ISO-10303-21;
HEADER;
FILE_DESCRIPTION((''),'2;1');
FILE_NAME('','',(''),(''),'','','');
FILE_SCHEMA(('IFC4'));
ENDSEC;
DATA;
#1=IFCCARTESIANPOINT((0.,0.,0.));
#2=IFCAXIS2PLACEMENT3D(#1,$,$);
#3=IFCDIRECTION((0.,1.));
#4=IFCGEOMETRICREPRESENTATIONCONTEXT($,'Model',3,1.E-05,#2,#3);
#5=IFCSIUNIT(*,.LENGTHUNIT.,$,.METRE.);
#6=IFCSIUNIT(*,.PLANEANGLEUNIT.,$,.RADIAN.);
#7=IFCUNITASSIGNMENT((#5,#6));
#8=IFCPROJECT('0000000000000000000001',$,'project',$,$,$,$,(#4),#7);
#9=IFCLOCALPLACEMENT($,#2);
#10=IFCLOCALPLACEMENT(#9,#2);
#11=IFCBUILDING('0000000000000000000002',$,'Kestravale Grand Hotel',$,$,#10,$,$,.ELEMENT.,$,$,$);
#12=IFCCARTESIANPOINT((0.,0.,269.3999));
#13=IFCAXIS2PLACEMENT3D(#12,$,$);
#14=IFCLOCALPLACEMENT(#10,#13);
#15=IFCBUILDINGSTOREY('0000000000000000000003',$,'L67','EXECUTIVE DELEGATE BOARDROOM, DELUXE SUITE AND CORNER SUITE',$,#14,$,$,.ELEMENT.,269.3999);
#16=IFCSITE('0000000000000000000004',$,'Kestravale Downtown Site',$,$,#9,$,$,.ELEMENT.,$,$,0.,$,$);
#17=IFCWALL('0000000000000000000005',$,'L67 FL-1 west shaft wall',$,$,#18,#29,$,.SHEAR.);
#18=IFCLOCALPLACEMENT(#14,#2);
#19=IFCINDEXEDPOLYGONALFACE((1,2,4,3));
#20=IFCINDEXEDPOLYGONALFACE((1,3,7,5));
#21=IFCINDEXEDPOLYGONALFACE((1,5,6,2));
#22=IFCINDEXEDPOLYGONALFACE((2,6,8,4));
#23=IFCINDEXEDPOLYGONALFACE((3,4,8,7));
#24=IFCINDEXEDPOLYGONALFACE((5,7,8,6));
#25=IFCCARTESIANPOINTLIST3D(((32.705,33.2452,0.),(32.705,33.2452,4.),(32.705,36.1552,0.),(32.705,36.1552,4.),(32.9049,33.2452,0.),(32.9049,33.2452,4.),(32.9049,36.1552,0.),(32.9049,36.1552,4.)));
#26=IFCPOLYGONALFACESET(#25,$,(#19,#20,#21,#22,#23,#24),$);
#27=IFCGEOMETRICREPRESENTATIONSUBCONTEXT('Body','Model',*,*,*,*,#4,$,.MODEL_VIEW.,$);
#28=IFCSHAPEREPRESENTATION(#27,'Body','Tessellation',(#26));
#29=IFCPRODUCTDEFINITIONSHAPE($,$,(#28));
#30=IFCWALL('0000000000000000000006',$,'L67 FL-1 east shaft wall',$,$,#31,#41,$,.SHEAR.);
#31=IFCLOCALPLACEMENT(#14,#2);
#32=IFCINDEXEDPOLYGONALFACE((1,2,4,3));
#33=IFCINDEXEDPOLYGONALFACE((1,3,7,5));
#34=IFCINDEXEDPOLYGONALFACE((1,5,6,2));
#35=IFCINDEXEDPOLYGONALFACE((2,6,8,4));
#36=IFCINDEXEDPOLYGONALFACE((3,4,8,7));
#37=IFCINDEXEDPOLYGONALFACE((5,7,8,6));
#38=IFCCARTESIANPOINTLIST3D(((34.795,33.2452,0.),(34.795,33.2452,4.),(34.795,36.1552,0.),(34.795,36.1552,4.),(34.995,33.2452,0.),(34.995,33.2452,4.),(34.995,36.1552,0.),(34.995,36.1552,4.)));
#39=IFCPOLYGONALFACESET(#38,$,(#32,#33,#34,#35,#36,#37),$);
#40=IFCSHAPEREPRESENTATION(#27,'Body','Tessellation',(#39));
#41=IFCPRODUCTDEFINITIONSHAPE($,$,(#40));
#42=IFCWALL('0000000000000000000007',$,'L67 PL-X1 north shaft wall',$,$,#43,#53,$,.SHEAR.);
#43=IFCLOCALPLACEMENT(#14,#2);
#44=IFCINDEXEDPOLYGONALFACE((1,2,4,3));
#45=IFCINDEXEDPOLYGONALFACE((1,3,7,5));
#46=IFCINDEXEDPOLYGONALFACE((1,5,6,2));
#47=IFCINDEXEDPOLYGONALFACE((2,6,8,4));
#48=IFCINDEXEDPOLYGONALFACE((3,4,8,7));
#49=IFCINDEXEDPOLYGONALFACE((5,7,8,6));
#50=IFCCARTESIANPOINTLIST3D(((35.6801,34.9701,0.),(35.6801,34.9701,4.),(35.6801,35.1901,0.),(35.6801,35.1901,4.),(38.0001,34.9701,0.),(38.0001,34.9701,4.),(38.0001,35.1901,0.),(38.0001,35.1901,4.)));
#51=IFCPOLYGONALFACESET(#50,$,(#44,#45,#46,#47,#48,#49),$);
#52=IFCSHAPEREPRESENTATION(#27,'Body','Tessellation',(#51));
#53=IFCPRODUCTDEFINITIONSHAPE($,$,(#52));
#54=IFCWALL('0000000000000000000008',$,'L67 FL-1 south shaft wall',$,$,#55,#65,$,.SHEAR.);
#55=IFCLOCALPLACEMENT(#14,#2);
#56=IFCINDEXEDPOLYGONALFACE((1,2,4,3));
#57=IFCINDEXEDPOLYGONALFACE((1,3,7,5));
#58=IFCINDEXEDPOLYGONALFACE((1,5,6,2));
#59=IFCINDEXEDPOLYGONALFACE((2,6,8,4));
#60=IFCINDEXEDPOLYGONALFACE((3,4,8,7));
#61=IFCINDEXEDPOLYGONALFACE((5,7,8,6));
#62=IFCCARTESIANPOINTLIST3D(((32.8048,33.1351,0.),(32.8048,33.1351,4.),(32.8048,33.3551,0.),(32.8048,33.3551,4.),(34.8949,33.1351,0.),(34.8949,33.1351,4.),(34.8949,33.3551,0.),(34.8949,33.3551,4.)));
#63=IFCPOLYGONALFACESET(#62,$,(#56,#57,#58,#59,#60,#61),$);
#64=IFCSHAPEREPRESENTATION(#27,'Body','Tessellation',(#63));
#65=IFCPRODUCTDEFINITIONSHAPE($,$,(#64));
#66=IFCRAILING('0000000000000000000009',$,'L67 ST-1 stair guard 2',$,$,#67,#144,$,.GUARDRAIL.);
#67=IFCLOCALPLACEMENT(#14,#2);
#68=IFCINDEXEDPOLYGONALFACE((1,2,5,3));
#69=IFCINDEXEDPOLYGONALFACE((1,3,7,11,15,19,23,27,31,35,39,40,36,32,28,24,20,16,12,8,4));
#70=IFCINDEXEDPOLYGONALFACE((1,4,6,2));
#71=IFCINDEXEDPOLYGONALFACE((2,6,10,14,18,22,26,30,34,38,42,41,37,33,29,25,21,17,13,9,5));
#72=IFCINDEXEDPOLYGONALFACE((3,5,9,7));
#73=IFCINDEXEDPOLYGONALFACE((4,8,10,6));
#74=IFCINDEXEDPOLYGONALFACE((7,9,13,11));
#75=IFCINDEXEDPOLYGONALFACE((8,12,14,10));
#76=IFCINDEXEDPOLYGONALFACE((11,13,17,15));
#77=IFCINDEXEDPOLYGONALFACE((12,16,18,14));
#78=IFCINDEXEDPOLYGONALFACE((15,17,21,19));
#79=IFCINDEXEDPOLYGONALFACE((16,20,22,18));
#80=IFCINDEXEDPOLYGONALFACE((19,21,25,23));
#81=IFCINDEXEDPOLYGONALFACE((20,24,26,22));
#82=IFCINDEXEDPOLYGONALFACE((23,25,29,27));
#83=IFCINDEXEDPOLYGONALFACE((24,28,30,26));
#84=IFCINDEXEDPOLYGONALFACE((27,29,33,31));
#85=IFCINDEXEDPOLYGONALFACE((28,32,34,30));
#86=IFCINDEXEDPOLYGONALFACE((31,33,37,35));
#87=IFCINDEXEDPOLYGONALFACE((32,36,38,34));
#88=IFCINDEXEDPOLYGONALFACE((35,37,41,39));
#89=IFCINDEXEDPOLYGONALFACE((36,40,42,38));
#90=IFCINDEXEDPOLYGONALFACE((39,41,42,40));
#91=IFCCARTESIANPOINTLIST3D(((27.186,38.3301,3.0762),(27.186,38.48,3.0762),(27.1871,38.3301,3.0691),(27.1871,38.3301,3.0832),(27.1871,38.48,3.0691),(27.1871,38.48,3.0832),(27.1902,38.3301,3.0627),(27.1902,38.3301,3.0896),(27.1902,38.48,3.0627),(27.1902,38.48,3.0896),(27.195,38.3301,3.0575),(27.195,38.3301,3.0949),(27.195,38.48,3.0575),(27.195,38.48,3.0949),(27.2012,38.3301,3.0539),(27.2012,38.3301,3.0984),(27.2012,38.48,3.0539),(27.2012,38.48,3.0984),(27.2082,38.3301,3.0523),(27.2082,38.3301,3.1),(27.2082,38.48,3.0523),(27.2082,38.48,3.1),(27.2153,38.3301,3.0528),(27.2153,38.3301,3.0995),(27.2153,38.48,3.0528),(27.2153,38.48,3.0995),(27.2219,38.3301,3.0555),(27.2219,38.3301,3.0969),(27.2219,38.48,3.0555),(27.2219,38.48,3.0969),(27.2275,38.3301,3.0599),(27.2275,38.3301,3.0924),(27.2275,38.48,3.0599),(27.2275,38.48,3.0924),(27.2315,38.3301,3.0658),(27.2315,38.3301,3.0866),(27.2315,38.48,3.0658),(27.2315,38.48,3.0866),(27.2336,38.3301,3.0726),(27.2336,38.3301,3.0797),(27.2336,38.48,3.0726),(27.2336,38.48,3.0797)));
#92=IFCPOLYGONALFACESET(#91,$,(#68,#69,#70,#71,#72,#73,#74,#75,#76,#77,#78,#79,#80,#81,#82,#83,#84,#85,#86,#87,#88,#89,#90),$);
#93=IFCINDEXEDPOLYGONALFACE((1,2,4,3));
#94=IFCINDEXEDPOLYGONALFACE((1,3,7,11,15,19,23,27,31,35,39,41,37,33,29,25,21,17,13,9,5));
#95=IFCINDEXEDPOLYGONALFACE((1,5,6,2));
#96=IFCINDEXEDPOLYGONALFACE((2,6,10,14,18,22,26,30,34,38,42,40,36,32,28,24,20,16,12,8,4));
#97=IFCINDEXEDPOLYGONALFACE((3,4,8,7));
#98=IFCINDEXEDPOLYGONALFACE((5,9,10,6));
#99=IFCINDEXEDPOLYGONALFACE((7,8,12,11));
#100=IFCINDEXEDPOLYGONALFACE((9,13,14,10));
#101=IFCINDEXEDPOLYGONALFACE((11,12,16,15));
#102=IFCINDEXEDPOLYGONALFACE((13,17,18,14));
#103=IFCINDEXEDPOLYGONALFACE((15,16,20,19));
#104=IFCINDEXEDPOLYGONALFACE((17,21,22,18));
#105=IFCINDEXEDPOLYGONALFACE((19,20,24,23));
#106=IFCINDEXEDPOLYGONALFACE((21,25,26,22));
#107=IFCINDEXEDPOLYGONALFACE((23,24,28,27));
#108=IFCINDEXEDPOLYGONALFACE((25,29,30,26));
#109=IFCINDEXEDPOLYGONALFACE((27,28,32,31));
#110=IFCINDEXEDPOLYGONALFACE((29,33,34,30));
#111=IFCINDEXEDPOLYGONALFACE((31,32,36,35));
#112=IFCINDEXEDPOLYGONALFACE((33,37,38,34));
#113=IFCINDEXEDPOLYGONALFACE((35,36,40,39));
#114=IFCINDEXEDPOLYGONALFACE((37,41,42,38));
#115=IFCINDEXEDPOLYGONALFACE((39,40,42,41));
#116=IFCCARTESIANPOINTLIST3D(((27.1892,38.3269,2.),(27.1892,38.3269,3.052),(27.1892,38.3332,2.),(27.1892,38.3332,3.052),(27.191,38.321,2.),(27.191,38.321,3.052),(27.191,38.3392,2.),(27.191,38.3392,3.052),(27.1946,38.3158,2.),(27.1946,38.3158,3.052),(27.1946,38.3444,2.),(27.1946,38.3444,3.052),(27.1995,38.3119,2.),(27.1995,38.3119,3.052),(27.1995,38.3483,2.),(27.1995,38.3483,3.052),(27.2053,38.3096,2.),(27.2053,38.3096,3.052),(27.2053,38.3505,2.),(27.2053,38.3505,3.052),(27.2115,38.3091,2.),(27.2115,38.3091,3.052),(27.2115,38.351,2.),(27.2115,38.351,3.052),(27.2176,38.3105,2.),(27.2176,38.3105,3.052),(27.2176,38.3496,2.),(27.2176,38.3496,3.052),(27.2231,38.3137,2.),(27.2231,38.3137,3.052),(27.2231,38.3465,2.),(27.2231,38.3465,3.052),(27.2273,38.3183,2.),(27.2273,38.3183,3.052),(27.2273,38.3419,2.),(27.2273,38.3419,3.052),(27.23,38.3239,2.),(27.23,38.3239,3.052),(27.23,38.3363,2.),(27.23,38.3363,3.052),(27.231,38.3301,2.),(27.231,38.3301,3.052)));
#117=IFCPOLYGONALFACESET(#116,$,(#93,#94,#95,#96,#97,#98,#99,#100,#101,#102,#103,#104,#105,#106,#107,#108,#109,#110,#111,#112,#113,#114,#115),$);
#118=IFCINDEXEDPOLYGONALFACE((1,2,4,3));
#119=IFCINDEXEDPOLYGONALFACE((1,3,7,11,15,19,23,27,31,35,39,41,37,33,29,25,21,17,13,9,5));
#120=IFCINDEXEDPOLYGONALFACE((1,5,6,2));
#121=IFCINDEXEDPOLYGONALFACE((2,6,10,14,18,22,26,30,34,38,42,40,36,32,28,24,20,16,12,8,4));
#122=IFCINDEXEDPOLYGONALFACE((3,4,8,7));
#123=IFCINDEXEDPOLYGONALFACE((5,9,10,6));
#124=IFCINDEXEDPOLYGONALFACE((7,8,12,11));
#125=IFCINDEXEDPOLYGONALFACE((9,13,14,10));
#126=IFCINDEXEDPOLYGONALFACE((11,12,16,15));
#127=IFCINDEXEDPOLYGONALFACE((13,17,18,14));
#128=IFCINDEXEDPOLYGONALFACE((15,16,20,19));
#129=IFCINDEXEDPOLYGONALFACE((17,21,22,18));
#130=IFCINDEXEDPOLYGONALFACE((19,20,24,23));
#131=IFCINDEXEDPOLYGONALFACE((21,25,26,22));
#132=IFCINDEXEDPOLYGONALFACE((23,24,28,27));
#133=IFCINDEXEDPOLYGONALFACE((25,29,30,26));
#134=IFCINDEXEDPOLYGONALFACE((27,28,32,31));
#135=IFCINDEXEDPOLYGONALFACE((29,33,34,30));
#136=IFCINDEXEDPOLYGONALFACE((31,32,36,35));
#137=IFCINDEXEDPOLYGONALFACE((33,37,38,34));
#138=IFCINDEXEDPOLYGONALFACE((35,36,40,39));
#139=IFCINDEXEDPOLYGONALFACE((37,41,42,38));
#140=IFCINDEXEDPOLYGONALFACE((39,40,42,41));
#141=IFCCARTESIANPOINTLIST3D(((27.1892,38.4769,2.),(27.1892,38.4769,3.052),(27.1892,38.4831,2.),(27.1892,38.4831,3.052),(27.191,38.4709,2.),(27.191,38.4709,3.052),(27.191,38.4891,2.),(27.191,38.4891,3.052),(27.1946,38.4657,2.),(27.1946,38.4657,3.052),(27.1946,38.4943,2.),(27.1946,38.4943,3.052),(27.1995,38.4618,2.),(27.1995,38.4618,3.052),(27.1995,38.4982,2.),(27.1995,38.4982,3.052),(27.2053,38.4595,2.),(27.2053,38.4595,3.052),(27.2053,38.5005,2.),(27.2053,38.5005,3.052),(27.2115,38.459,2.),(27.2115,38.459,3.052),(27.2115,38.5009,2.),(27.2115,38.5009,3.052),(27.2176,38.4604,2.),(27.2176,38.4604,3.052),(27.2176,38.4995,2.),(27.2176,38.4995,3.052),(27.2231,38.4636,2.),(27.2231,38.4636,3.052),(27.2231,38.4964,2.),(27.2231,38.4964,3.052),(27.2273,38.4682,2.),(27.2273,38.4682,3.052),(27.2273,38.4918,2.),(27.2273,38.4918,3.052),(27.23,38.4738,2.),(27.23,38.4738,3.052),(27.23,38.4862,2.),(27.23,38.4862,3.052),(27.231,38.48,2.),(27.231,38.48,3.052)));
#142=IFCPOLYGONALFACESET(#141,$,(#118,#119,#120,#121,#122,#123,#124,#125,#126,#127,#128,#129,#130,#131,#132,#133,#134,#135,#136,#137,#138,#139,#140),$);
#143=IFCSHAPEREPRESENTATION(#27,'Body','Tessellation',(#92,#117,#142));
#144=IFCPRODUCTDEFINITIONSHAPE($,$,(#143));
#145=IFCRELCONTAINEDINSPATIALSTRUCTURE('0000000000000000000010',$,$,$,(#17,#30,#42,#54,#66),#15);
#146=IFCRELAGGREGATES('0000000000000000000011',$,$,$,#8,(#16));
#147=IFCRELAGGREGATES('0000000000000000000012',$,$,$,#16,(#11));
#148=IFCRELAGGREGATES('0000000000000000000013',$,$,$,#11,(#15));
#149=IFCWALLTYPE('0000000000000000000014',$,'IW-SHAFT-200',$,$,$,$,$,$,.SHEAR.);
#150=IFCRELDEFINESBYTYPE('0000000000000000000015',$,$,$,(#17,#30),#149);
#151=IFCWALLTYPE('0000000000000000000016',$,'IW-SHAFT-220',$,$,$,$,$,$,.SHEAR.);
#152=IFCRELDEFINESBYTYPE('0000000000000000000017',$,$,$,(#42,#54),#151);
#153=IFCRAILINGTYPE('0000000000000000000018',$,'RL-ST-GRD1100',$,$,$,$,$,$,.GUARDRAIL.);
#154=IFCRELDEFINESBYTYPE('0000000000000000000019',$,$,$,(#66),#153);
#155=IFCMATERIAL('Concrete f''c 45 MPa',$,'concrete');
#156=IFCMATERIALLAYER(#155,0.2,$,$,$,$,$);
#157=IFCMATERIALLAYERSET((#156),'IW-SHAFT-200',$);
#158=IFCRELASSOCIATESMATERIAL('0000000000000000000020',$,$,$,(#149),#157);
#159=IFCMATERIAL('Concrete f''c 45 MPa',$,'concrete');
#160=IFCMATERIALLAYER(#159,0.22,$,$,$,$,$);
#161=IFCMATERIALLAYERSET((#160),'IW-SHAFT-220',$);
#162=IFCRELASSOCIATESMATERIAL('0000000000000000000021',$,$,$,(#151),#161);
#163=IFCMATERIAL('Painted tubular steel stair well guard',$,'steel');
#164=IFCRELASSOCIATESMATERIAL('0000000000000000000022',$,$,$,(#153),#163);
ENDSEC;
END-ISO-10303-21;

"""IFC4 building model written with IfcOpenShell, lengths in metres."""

from ifc_helpers import new_model, si_unit, direction, frame, frame_2d, origin, origin_2d, place, context, subcontext, project, spatial, rectangle, circle, extrude, material, layer, layer_set, type_object, element, save


model = new_model("IFC4")

# Units and contexts
model_context = context("Model", 3, precision=1e-05, world=origin(), true_north=direction((0.0, 1.0)))
body_context = subcontext(model_context, "Body", "Model", "MODEL_VIEW")
ifc_project = project(units=[si_unit("LENGTHUNIT", "METRE"), si_unit("PLANEANGLEUNIT", "RADIAN")], contexts=[model_context])

# Site, building, storey
site_placement = place(None, origin())
site = spatial("IfcSite", under=ifc_project, at=site_placement, Name="Kestravale Downtown Site", CompositionType="ELEMENT", RefElevation=0.0)
building_placement = place(site_placement, origin())
building = spatial("IfcBuilding", under=site, at=building_placement, Name="Kestravale Grand Hotel", CompositionType="ELEMENT")
storey_placement = place(building_placement, frame((0.0, 0.0, 269.3999)))
storey = spatial("IfcBuildingStorey", under=building, at=storey_placement, Name="L67", Description="EXECUTIVE DELEGATE BOARDROOM, DELUXE SUITE AND CORNER SUITE", CompositionType="ELEMENT", Elevation=269.3999)

# Walls
ifc_material_1 = material(Name="Concrete f'c 45 MPa", Category="concrete")
ifc_layer_1 = layer(ifc_material_1, 0.2)
ifc_layer_set_1 = layer_set([ifc_layer_1], Name="IW-SHAFT-200")
wall_type_1 = type_object("IfcWallType", Name="IW-SHAFT-200", PredefinedType="SHEAR", material=ifc_layer_set_1)
for number, where, z_axis, x_axis, name in (
    (1, (32.8049, 33.2451, 0.0), (0.0, 0.0, 1.0), (0.0, 1.0, 0.0), "L67 FL-1 west shaft wall"),
    (2, (34.895, 33.2451, 0.0), (0.0, 0.0, 1.0), (0.0, 1.0, 0.0), "L67 FL-1 east shaft wall"),
):
    element("IfcWall", number, at=place(storey_placement, frame(where, z_axis=z_axis, x_axis=x_axis)), inside=storey, type_object=wall_type_1, Name=name, PredefinedType="SHEAR", context=body_context, shape_type="SweptSolid", body=[
        extrude(rectangle(XDim=2.9099, YDim=0.2, at=frame_2d((1.4551, 0.0))), origin(), (0.0, 0.0, 1.0), 4.0),
    ])
ifc_material_2 = material(Name="Concrete f'c 45 MPa", Category="concrete")
ifc_layer_2 = layer(ifc_material_2, 0.22)
ifc_layer_set_2 = layer_set([ifc_layer_2], Name="IW-SHAFT-220")
wall_type_2 = type_object("IfcWallType", Name="IW-SHAFT-220", PredefinedType="SHEAR", material=ifc_layer_set_2)
wall_1_placement = place(storey_placement, frame((35.6799, 35.0801, 0.0), z_axis=(0.0, 0.0, 1.0), x_axis=(1.0, 0.0, 0.0)))
element("IfcWall", 3, at=wall_1_placement, inside=storey, type_object=wall_type_2, Name="L67 PL-X1 north shaft wall", PredefinedType="SHEAR", context=body_context, shape_type="SweptSolid", body=[
    extrude(rectangle(XDim=2.3201, YDim=0.22, at=frame_2d((1.1602, 0.0))), origin(), (0.0, 0.0, 1.0), 4.0),
])

# Wall
wall_2_placement = place(storey_placement, frame((32.8049, 33.2451, 0.0), z_axis=(0.0, 0.0, 1.0), x_axis=(1.0, 0.0, 0.0)))
element("IfcWall", 4, at=wall_2_placement, inside=storey, type_object=wall_type_2, Name="L67 FL-1 south shaft wall", PredefinedType="SHEAR", context=body_context, shape_type="SweptSolid", body=[
    extrude(rectangle(XDim=2.0901, YDim=0.22, at=frame_2d((1.0449, 0.0))), origin(), (0.0, 0.0, 1.0), 4.0),
])

# Railing
ifc_material_3 = material(Name="Painted tubular steel stair well guard", Category="steel")
railing_type = type_object("IfcRailingType", Name="RL-ST-GRD1100", PredefinedType="GUARDRAIL", material=ifc_material_3)
railing_placement = place(storey_placement, frame((27.21, 38.3301, 2.0)))
element("IfcRailing", 5, at=railing_placement, inside=storey, type_object=railing_type, Name="L67 ST-1 stair guard 2", PredefinedType="GUARDRAIL", context=body_context, shape_type="SweptSolid", body=[
    extrude(circle(Radius=0.0239, at=origin_2d()), frame((0.0, 0.0, 1.0762), z_axis=(0.0, 1.0, 0.0), x_axis=(-1.0, 0.0, 0.0)), (0.0, 0.0, 1.0), 0.1499),
    extrude(circle(Radius=0.021, at=origin_2d()), origin(), (0.0, 0.0, 1.0), 1.052),
    extrude(circle(Radius=0.021, at=origin_2d()), frame((0.0, 0.1499, 0.0)), (0.0, 0.0, 1.0), 1.052),
])

save(model, "model.ifc")
